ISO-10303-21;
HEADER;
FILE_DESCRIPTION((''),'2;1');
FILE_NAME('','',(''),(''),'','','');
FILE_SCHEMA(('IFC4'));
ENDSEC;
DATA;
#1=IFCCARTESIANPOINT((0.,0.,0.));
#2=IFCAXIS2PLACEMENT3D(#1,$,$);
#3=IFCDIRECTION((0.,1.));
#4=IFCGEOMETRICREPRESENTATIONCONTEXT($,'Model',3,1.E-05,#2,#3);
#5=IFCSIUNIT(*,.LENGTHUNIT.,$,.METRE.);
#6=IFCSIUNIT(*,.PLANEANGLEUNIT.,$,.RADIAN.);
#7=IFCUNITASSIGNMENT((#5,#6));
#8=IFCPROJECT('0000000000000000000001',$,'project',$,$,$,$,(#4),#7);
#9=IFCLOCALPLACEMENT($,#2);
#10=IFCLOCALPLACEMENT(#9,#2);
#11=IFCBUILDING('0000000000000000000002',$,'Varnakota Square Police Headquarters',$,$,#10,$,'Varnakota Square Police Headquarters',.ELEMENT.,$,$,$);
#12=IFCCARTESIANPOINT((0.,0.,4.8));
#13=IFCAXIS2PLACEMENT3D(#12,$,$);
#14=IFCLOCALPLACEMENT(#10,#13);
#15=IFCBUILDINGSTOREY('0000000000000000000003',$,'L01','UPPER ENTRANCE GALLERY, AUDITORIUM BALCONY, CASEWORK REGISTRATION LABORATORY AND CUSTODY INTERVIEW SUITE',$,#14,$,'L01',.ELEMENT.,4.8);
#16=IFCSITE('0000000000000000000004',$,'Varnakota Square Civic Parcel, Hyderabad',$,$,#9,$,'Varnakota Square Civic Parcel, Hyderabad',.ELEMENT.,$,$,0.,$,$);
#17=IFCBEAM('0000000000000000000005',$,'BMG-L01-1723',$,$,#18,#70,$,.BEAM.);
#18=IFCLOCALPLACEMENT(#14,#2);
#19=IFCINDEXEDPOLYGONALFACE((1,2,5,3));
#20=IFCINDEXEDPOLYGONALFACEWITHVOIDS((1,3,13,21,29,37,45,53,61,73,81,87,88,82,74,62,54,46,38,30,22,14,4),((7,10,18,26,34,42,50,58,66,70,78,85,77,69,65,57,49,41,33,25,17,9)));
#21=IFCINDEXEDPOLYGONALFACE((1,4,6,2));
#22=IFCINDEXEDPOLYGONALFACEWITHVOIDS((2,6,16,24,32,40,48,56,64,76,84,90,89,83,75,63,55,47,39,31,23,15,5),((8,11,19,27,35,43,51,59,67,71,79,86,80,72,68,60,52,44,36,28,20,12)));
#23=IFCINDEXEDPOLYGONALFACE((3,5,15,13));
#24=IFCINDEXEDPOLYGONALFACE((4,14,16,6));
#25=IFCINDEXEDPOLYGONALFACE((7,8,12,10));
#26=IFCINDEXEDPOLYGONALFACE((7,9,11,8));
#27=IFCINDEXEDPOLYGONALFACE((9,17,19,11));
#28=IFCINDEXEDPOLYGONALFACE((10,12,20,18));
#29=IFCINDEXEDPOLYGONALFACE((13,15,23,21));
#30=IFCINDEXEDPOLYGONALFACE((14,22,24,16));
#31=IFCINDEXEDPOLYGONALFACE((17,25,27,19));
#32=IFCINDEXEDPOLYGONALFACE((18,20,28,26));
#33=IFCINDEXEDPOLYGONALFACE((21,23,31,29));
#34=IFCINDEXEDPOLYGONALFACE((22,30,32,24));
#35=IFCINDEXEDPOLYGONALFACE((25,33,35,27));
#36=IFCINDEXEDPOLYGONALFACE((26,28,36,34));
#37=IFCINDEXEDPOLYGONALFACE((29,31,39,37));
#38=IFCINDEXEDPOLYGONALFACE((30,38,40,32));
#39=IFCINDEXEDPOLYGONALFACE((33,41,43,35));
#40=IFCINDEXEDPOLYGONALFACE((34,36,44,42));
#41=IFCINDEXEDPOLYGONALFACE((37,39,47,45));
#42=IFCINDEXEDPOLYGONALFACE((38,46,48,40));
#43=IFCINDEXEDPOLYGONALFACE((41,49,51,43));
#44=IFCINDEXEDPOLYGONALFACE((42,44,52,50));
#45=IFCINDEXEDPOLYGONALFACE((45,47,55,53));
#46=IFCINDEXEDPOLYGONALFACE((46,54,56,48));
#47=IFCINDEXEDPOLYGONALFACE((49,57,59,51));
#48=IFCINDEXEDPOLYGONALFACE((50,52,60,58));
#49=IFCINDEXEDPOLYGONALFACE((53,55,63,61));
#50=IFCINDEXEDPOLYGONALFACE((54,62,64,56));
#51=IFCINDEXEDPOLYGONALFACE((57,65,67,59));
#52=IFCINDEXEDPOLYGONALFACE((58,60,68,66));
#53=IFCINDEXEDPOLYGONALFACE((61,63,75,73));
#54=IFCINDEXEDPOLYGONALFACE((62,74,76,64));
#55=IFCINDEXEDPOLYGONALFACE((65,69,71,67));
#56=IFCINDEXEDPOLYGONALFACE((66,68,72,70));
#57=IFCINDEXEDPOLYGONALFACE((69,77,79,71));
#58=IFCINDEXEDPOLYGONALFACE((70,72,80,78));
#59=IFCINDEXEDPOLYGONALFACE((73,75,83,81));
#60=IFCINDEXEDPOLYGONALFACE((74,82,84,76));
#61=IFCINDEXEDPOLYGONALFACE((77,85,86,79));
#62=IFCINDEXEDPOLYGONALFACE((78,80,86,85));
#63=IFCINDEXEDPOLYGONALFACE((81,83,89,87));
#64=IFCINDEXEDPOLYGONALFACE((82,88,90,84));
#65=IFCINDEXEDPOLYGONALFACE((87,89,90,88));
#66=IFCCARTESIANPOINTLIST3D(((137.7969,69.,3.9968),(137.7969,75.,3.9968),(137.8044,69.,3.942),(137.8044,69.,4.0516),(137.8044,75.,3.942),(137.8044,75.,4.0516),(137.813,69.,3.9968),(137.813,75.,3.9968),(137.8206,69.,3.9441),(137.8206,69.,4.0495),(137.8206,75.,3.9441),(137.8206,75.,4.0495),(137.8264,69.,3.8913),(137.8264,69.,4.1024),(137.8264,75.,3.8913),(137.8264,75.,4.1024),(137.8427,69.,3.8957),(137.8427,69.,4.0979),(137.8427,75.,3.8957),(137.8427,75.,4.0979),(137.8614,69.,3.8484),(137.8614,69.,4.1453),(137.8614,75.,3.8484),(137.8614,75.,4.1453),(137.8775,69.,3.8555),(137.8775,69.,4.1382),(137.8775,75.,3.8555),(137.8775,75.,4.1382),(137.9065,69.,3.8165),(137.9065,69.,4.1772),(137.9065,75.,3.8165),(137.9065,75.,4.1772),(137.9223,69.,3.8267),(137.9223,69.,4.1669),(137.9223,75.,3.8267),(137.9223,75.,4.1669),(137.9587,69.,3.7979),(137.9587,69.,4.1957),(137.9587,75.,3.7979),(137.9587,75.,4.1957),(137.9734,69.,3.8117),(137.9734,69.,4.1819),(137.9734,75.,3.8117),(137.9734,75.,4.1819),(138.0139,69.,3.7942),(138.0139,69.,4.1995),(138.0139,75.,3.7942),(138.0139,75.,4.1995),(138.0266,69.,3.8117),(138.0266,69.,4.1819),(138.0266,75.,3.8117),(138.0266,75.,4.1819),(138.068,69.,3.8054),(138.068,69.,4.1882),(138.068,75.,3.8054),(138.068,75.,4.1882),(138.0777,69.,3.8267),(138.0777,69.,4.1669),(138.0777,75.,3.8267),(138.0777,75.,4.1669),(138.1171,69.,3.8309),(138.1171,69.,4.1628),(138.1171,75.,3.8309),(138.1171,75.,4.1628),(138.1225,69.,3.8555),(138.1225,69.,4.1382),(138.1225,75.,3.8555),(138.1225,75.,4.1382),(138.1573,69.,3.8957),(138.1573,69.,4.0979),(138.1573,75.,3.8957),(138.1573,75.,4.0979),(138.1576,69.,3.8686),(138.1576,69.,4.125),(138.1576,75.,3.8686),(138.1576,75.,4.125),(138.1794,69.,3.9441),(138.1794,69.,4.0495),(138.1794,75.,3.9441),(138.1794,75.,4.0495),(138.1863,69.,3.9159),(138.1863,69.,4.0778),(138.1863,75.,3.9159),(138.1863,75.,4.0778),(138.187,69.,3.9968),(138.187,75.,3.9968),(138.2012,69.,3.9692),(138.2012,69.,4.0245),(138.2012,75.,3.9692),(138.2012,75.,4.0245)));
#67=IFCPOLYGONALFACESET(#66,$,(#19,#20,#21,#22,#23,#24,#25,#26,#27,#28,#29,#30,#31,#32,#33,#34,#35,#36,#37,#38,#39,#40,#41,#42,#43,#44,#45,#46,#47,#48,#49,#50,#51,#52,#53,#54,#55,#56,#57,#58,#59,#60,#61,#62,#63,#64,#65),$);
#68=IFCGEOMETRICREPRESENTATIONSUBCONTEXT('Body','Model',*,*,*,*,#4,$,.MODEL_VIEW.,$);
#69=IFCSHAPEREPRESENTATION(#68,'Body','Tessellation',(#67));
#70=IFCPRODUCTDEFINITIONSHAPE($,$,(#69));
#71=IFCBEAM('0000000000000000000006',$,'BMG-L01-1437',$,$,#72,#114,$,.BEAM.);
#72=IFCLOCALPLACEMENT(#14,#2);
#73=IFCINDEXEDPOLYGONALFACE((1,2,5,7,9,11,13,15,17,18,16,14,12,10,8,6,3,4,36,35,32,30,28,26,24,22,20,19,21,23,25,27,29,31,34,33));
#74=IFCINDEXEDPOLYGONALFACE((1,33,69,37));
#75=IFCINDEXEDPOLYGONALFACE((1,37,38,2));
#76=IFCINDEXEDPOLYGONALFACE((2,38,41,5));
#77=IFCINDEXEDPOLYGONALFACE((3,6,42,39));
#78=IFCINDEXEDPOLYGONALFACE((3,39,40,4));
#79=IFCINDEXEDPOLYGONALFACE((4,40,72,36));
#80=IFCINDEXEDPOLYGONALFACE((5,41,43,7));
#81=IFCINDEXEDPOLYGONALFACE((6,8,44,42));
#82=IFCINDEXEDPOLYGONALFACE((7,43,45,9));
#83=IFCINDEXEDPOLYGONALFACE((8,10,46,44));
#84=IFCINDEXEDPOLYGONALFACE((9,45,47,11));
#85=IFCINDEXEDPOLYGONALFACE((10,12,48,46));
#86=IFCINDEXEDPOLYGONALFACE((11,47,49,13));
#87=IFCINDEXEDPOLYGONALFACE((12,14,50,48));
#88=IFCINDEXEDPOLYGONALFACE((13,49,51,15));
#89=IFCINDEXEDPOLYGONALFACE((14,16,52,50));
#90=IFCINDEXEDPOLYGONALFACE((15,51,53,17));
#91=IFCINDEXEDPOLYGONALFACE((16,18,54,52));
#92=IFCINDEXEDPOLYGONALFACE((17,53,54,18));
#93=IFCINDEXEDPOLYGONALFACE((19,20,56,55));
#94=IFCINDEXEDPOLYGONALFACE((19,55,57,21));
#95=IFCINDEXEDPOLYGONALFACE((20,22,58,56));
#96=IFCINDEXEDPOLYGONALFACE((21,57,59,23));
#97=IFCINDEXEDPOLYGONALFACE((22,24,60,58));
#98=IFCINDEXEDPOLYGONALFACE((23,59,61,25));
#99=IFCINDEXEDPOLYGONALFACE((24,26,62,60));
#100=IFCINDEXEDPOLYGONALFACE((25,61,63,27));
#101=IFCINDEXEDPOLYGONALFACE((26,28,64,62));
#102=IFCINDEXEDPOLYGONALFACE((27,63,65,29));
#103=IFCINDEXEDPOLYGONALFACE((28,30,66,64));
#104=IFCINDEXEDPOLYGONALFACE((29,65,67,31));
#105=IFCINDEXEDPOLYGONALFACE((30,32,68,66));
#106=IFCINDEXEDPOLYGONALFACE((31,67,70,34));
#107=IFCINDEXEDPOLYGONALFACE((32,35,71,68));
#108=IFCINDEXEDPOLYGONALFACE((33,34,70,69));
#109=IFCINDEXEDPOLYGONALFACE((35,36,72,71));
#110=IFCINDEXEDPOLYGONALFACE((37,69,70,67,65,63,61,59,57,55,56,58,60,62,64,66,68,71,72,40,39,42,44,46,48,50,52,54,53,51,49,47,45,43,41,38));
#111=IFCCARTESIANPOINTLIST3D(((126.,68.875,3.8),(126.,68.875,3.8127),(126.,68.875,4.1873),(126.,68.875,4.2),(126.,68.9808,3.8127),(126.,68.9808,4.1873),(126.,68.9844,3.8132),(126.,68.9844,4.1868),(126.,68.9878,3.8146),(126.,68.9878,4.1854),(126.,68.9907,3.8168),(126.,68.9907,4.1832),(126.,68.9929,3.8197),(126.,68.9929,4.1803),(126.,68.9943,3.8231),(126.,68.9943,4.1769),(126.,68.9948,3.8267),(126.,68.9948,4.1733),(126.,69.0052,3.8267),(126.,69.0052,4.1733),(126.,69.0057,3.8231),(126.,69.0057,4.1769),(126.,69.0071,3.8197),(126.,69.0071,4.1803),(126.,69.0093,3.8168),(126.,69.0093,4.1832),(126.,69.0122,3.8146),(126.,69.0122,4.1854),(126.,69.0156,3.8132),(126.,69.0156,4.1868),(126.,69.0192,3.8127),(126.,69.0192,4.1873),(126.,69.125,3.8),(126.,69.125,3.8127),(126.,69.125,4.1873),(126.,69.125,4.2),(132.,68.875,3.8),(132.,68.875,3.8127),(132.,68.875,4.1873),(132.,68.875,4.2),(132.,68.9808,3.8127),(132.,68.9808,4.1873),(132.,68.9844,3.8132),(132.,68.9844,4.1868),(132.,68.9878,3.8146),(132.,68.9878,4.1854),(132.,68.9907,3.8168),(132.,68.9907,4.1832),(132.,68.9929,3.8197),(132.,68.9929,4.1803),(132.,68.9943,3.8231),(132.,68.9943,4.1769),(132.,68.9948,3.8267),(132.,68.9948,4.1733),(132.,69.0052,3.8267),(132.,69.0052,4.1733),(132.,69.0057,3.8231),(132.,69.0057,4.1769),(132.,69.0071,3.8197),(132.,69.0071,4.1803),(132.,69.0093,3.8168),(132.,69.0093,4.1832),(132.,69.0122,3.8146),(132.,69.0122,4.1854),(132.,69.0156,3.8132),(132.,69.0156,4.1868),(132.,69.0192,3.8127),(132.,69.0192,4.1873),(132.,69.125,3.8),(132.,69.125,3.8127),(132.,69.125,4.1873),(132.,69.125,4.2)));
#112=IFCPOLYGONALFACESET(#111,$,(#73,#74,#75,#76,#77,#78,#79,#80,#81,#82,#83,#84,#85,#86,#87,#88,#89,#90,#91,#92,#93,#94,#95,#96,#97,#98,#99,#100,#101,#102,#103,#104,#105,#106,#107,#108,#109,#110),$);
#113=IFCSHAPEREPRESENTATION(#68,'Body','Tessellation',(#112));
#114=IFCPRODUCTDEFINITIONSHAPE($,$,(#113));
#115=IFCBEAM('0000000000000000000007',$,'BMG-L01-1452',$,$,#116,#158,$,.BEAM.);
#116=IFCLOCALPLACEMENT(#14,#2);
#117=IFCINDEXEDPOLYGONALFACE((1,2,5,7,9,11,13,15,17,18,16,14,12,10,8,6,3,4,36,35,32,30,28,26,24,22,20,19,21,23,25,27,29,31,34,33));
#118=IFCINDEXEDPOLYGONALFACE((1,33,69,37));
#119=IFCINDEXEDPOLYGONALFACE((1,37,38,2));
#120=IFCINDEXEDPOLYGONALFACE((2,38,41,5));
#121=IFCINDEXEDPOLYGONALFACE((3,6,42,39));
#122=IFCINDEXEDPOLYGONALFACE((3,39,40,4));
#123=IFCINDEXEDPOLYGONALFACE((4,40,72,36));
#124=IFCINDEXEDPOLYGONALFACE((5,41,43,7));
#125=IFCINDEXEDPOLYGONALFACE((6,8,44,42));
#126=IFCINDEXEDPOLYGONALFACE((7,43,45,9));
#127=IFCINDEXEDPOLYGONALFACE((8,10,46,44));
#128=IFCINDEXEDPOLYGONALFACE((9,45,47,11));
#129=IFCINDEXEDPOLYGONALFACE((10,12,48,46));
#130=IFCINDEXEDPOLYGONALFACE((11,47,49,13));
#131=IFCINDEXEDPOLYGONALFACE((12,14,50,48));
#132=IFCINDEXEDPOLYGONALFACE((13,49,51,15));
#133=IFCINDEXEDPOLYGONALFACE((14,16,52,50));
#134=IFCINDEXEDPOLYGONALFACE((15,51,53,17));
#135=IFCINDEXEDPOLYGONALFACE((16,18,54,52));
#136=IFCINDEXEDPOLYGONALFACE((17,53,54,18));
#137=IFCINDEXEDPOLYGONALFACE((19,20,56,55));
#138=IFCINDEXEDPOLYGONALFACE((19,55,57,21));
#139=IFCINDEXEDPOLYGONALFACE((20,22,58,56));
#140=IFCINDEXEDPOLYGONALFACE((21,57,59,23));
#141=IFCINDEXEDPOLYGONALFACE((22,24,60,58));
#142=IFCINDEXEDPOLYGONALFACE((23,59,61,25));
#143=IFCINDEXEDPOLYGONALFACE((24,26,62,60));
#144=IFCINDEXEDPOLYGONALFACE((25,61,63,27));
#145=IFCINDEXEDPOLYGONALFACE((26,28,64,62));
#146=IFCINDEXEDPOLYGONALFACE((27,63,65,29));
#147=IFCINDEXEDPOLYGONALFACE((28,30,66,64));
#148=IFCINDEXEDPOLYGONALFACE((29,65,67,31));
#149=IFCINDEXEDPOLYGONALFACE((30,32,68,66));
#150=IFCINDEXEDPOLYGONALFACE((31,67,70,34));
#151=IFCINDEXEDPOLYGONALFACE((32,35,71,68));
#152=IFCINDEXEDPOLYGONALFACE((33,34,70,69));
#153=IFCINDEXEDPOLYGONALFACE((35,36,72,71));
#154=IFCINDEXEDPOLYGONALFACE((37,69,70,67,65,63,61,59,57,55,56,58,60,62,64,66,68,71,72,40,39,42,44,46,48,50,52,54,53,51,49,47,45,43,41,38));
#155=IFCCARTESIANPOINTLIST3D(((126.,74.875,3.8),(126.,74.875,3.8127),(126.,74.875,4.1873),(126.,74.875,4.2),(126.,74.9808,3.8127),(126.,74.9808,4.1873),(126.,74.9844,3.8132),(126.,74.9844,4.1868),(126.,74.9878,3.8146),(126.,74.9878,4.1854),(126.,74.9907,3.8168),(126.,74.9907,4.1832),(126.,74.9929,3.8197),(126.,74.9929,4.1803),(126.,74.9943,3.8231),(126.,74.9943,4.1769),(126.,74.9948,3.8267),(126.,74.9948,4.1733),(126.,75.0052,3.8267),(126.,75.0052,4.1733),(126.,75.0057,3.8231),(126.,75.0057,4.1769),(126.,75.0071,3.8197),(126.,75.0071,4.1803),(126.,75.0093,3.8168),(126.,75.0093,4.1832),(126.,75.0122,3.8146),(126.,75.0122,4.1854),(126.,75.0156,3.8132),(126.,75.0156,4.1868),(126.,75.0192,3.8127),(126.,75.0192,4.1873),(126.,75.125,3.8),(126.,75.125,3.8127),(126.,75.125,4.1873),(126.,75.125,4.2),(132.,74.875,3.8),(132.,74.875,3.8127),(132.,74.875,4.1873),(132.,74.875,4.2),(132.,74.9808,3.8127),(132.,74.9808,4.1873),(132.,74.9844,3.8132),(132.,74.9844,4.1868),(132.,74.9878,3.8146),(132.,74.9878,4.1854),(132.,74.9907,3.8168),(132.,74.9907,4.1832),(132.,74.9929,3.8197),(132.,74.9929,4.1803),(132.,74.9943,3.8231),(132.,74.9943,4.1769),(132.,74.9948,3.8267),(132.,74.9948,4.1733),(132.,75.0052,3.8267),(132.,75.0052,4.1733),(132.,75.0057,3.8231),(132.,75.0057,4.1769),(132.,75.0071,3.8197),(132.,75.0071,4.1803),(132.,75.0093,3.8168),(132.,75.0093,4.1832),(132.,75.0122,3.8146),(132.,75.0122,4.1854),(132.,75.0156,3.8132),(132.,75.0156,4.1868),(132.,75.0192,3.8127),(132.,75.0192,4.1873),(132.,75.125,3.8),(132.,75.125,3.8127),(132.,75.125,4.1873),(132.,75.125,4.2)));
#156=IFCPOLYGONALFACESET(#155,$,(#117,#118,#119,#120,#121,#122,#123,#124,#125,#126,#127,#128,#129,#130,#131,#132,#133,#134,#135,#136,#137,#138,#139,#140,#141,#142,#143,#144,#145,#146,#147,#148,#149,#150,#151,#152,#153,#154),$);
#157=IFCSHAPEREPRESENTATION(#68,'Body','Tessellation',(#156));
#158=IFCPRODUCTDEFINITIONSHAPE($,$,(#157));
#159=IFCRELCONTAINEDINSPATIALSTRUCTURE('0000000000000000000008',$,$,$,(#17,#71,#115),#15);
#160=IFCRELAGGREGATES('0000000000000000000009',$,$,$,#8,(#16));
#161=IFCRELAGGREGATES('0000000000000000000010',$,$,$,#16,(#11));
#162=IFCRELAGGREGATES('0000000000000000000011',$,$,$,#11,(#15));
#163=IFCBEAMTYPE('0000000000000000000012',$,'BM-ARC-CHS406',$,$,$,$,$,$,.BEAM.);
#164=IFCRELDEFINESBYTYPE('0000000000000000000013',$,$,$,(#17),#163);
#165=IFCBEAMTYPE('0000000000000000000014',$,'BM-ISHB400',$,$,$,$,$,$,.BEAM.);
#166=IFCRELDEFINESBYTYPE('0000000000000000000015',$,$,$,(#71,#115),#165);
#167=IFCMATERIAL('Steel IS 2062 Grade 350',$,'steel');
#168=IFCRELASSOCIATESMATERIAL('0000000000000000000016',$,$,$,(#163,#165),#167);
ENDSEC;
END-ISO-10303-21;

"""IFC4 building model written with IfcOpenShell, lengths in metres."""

from ifc_helpers import new_model, si_unit, direction, frame, origin, origin_2d, place, context, subcontext, project, spatial, hollow_circle, i_section, extrude, material, material_profile, profile_set, type_object, element, save


model = new_model("IFC4")

# Units and contexts
model_context = context("Model", 3, precision=1e-05, world=origin(), true_north=direction((0.0, 1.0)))
body_context = subcontext(model_context, "Body", "Model", "MODEL_VIEW")
ifc_project = project(units=[si_unit("LENGTHUNIT", "METRE"), si_unit("PLANEANGLEUNIT", "RADIAN")], contexts=[model_context])

# Site, building, storey
site_placement = place(None, origin())
site = spatial("IfcSite", under=ifc_project, at=site_placement, Name="Varnakota Square Civic Parcel, Hyderabad", LongName="Varnakota Square Civic Parcel, Hyderabad", CompositionType="ELEMENT", RefElevation=0.0)
building_placement = place(site_placement, origin())
building = spatial("IfcBuilding", under=site, at=building_placement, Name="Varnakota Square Police Headquarters", LongName="Varnakota Square Police Headquarters", CompositionType="ELEMENT")
storey_placement = place(building_placement, frame((0.0, 0.0, 4.8)))
storey = spatial("IfcBuildingStorey", under=building, at=storey_placement, Name="L01", Description="UPPER ENTRANCE GALLERY, AUDITORIUM BALCONY, CASEWORK REGISTRATION LABORATORY AND CUSTODY INTERVIEW SUITE", LongName="L01", CompositionType="ELEMENT", Elevation=4.8)

# Shared definitions
ifc_material_1 = material(Name="Steel IS 2062 Grade 350", Category="steel")

# Beams
ifc_material_profile_1 = material_profile(ifc_material_1, hollow_circle(Radius=0.2031, WallThickness=0.0161, at=origin_2d()), Name="CHS 406.4x16.0")
ifc_profile_set_1 = profile_set([ifc_material_profile_1], Name="Steel IS 2062 Grade 350")
beam_type_1 = type_object("IfcBeamType", Name="BM-ARC-CHS406", PredefinedType="BEAM", material=ifc_profile_set_1)
for number, where, z_axis, x_axis, name in (
    (1, (138.0, 69.0, 3.9968), (0.0, 1.0, 0.0), (-1.0, 0.0, 0.0), "BMG-L01-1723"),
):
    element("IfcBeam", number, at=place(storey_placement, frame(where, z_axis=z_axis, x_axis=x_axis)), inside=storey, type_object=beam_type_1, Name=name, PredefinedType="BEAM", context=body_context, shape_type="SweptSolid", body=[
        extrude(hollow_circle(Radius=0.2031, WallThickness=0.0161, at=origin_2d()), origin(), (0.0, 0.0, 1.0), 6.0),
    ])
ifc_material_profile_2 = material_profile(ifc_material_1, i_section(OverallWidth=0.25, OverallDepth=0.3999, WebThickness=0.0105, FlangeThickness=0.0127, FilletRadius=0.0139, at=origin_2d()), Name="ISHB 400")
ifc_profile_set_2 = profile_set([ifc_material_profile_2], Name="Steel IS 2062 Grade 350")
beam_type_2 = type_object("IfcBeamType", Name="BM-ISHB400", PredefinedType="BEAM", material=ifc_profile_set_2)
for number, where, z_axis, x_axis, name in (
    (2, (126.0, 69.0, 4.0), (1.0, 0.0, 0.0), (0.0, 1.0, 0.0), "BMG-L01-1437"),
    (3, (126.0, 75.0, 4.0), (1.0, 0.0, 0.0), (0.0, 1.0, 0.0), "BMG-L01-1452"),
):
    element("IfcBeam", number, at=place(storey_placement, frame(where, z_axis=z_axis, x_axis=x_axis)), inside=storey, type_object=beam_type_2, Name=name, PredefinedType="BEAM", context=body_context, shape_type="SweptSolid", body=[
        extrude(i_section(OverallWidth=0.25, OverallDepth=0.3999, WebThickness=0.0105, FlangeThickness=0.0127, FilletRadius=0.0139, at=origin_2d()), origin(), (0.0, 0.0, 1.0), 6.0),
    ])

save(model, "model.ifc")
